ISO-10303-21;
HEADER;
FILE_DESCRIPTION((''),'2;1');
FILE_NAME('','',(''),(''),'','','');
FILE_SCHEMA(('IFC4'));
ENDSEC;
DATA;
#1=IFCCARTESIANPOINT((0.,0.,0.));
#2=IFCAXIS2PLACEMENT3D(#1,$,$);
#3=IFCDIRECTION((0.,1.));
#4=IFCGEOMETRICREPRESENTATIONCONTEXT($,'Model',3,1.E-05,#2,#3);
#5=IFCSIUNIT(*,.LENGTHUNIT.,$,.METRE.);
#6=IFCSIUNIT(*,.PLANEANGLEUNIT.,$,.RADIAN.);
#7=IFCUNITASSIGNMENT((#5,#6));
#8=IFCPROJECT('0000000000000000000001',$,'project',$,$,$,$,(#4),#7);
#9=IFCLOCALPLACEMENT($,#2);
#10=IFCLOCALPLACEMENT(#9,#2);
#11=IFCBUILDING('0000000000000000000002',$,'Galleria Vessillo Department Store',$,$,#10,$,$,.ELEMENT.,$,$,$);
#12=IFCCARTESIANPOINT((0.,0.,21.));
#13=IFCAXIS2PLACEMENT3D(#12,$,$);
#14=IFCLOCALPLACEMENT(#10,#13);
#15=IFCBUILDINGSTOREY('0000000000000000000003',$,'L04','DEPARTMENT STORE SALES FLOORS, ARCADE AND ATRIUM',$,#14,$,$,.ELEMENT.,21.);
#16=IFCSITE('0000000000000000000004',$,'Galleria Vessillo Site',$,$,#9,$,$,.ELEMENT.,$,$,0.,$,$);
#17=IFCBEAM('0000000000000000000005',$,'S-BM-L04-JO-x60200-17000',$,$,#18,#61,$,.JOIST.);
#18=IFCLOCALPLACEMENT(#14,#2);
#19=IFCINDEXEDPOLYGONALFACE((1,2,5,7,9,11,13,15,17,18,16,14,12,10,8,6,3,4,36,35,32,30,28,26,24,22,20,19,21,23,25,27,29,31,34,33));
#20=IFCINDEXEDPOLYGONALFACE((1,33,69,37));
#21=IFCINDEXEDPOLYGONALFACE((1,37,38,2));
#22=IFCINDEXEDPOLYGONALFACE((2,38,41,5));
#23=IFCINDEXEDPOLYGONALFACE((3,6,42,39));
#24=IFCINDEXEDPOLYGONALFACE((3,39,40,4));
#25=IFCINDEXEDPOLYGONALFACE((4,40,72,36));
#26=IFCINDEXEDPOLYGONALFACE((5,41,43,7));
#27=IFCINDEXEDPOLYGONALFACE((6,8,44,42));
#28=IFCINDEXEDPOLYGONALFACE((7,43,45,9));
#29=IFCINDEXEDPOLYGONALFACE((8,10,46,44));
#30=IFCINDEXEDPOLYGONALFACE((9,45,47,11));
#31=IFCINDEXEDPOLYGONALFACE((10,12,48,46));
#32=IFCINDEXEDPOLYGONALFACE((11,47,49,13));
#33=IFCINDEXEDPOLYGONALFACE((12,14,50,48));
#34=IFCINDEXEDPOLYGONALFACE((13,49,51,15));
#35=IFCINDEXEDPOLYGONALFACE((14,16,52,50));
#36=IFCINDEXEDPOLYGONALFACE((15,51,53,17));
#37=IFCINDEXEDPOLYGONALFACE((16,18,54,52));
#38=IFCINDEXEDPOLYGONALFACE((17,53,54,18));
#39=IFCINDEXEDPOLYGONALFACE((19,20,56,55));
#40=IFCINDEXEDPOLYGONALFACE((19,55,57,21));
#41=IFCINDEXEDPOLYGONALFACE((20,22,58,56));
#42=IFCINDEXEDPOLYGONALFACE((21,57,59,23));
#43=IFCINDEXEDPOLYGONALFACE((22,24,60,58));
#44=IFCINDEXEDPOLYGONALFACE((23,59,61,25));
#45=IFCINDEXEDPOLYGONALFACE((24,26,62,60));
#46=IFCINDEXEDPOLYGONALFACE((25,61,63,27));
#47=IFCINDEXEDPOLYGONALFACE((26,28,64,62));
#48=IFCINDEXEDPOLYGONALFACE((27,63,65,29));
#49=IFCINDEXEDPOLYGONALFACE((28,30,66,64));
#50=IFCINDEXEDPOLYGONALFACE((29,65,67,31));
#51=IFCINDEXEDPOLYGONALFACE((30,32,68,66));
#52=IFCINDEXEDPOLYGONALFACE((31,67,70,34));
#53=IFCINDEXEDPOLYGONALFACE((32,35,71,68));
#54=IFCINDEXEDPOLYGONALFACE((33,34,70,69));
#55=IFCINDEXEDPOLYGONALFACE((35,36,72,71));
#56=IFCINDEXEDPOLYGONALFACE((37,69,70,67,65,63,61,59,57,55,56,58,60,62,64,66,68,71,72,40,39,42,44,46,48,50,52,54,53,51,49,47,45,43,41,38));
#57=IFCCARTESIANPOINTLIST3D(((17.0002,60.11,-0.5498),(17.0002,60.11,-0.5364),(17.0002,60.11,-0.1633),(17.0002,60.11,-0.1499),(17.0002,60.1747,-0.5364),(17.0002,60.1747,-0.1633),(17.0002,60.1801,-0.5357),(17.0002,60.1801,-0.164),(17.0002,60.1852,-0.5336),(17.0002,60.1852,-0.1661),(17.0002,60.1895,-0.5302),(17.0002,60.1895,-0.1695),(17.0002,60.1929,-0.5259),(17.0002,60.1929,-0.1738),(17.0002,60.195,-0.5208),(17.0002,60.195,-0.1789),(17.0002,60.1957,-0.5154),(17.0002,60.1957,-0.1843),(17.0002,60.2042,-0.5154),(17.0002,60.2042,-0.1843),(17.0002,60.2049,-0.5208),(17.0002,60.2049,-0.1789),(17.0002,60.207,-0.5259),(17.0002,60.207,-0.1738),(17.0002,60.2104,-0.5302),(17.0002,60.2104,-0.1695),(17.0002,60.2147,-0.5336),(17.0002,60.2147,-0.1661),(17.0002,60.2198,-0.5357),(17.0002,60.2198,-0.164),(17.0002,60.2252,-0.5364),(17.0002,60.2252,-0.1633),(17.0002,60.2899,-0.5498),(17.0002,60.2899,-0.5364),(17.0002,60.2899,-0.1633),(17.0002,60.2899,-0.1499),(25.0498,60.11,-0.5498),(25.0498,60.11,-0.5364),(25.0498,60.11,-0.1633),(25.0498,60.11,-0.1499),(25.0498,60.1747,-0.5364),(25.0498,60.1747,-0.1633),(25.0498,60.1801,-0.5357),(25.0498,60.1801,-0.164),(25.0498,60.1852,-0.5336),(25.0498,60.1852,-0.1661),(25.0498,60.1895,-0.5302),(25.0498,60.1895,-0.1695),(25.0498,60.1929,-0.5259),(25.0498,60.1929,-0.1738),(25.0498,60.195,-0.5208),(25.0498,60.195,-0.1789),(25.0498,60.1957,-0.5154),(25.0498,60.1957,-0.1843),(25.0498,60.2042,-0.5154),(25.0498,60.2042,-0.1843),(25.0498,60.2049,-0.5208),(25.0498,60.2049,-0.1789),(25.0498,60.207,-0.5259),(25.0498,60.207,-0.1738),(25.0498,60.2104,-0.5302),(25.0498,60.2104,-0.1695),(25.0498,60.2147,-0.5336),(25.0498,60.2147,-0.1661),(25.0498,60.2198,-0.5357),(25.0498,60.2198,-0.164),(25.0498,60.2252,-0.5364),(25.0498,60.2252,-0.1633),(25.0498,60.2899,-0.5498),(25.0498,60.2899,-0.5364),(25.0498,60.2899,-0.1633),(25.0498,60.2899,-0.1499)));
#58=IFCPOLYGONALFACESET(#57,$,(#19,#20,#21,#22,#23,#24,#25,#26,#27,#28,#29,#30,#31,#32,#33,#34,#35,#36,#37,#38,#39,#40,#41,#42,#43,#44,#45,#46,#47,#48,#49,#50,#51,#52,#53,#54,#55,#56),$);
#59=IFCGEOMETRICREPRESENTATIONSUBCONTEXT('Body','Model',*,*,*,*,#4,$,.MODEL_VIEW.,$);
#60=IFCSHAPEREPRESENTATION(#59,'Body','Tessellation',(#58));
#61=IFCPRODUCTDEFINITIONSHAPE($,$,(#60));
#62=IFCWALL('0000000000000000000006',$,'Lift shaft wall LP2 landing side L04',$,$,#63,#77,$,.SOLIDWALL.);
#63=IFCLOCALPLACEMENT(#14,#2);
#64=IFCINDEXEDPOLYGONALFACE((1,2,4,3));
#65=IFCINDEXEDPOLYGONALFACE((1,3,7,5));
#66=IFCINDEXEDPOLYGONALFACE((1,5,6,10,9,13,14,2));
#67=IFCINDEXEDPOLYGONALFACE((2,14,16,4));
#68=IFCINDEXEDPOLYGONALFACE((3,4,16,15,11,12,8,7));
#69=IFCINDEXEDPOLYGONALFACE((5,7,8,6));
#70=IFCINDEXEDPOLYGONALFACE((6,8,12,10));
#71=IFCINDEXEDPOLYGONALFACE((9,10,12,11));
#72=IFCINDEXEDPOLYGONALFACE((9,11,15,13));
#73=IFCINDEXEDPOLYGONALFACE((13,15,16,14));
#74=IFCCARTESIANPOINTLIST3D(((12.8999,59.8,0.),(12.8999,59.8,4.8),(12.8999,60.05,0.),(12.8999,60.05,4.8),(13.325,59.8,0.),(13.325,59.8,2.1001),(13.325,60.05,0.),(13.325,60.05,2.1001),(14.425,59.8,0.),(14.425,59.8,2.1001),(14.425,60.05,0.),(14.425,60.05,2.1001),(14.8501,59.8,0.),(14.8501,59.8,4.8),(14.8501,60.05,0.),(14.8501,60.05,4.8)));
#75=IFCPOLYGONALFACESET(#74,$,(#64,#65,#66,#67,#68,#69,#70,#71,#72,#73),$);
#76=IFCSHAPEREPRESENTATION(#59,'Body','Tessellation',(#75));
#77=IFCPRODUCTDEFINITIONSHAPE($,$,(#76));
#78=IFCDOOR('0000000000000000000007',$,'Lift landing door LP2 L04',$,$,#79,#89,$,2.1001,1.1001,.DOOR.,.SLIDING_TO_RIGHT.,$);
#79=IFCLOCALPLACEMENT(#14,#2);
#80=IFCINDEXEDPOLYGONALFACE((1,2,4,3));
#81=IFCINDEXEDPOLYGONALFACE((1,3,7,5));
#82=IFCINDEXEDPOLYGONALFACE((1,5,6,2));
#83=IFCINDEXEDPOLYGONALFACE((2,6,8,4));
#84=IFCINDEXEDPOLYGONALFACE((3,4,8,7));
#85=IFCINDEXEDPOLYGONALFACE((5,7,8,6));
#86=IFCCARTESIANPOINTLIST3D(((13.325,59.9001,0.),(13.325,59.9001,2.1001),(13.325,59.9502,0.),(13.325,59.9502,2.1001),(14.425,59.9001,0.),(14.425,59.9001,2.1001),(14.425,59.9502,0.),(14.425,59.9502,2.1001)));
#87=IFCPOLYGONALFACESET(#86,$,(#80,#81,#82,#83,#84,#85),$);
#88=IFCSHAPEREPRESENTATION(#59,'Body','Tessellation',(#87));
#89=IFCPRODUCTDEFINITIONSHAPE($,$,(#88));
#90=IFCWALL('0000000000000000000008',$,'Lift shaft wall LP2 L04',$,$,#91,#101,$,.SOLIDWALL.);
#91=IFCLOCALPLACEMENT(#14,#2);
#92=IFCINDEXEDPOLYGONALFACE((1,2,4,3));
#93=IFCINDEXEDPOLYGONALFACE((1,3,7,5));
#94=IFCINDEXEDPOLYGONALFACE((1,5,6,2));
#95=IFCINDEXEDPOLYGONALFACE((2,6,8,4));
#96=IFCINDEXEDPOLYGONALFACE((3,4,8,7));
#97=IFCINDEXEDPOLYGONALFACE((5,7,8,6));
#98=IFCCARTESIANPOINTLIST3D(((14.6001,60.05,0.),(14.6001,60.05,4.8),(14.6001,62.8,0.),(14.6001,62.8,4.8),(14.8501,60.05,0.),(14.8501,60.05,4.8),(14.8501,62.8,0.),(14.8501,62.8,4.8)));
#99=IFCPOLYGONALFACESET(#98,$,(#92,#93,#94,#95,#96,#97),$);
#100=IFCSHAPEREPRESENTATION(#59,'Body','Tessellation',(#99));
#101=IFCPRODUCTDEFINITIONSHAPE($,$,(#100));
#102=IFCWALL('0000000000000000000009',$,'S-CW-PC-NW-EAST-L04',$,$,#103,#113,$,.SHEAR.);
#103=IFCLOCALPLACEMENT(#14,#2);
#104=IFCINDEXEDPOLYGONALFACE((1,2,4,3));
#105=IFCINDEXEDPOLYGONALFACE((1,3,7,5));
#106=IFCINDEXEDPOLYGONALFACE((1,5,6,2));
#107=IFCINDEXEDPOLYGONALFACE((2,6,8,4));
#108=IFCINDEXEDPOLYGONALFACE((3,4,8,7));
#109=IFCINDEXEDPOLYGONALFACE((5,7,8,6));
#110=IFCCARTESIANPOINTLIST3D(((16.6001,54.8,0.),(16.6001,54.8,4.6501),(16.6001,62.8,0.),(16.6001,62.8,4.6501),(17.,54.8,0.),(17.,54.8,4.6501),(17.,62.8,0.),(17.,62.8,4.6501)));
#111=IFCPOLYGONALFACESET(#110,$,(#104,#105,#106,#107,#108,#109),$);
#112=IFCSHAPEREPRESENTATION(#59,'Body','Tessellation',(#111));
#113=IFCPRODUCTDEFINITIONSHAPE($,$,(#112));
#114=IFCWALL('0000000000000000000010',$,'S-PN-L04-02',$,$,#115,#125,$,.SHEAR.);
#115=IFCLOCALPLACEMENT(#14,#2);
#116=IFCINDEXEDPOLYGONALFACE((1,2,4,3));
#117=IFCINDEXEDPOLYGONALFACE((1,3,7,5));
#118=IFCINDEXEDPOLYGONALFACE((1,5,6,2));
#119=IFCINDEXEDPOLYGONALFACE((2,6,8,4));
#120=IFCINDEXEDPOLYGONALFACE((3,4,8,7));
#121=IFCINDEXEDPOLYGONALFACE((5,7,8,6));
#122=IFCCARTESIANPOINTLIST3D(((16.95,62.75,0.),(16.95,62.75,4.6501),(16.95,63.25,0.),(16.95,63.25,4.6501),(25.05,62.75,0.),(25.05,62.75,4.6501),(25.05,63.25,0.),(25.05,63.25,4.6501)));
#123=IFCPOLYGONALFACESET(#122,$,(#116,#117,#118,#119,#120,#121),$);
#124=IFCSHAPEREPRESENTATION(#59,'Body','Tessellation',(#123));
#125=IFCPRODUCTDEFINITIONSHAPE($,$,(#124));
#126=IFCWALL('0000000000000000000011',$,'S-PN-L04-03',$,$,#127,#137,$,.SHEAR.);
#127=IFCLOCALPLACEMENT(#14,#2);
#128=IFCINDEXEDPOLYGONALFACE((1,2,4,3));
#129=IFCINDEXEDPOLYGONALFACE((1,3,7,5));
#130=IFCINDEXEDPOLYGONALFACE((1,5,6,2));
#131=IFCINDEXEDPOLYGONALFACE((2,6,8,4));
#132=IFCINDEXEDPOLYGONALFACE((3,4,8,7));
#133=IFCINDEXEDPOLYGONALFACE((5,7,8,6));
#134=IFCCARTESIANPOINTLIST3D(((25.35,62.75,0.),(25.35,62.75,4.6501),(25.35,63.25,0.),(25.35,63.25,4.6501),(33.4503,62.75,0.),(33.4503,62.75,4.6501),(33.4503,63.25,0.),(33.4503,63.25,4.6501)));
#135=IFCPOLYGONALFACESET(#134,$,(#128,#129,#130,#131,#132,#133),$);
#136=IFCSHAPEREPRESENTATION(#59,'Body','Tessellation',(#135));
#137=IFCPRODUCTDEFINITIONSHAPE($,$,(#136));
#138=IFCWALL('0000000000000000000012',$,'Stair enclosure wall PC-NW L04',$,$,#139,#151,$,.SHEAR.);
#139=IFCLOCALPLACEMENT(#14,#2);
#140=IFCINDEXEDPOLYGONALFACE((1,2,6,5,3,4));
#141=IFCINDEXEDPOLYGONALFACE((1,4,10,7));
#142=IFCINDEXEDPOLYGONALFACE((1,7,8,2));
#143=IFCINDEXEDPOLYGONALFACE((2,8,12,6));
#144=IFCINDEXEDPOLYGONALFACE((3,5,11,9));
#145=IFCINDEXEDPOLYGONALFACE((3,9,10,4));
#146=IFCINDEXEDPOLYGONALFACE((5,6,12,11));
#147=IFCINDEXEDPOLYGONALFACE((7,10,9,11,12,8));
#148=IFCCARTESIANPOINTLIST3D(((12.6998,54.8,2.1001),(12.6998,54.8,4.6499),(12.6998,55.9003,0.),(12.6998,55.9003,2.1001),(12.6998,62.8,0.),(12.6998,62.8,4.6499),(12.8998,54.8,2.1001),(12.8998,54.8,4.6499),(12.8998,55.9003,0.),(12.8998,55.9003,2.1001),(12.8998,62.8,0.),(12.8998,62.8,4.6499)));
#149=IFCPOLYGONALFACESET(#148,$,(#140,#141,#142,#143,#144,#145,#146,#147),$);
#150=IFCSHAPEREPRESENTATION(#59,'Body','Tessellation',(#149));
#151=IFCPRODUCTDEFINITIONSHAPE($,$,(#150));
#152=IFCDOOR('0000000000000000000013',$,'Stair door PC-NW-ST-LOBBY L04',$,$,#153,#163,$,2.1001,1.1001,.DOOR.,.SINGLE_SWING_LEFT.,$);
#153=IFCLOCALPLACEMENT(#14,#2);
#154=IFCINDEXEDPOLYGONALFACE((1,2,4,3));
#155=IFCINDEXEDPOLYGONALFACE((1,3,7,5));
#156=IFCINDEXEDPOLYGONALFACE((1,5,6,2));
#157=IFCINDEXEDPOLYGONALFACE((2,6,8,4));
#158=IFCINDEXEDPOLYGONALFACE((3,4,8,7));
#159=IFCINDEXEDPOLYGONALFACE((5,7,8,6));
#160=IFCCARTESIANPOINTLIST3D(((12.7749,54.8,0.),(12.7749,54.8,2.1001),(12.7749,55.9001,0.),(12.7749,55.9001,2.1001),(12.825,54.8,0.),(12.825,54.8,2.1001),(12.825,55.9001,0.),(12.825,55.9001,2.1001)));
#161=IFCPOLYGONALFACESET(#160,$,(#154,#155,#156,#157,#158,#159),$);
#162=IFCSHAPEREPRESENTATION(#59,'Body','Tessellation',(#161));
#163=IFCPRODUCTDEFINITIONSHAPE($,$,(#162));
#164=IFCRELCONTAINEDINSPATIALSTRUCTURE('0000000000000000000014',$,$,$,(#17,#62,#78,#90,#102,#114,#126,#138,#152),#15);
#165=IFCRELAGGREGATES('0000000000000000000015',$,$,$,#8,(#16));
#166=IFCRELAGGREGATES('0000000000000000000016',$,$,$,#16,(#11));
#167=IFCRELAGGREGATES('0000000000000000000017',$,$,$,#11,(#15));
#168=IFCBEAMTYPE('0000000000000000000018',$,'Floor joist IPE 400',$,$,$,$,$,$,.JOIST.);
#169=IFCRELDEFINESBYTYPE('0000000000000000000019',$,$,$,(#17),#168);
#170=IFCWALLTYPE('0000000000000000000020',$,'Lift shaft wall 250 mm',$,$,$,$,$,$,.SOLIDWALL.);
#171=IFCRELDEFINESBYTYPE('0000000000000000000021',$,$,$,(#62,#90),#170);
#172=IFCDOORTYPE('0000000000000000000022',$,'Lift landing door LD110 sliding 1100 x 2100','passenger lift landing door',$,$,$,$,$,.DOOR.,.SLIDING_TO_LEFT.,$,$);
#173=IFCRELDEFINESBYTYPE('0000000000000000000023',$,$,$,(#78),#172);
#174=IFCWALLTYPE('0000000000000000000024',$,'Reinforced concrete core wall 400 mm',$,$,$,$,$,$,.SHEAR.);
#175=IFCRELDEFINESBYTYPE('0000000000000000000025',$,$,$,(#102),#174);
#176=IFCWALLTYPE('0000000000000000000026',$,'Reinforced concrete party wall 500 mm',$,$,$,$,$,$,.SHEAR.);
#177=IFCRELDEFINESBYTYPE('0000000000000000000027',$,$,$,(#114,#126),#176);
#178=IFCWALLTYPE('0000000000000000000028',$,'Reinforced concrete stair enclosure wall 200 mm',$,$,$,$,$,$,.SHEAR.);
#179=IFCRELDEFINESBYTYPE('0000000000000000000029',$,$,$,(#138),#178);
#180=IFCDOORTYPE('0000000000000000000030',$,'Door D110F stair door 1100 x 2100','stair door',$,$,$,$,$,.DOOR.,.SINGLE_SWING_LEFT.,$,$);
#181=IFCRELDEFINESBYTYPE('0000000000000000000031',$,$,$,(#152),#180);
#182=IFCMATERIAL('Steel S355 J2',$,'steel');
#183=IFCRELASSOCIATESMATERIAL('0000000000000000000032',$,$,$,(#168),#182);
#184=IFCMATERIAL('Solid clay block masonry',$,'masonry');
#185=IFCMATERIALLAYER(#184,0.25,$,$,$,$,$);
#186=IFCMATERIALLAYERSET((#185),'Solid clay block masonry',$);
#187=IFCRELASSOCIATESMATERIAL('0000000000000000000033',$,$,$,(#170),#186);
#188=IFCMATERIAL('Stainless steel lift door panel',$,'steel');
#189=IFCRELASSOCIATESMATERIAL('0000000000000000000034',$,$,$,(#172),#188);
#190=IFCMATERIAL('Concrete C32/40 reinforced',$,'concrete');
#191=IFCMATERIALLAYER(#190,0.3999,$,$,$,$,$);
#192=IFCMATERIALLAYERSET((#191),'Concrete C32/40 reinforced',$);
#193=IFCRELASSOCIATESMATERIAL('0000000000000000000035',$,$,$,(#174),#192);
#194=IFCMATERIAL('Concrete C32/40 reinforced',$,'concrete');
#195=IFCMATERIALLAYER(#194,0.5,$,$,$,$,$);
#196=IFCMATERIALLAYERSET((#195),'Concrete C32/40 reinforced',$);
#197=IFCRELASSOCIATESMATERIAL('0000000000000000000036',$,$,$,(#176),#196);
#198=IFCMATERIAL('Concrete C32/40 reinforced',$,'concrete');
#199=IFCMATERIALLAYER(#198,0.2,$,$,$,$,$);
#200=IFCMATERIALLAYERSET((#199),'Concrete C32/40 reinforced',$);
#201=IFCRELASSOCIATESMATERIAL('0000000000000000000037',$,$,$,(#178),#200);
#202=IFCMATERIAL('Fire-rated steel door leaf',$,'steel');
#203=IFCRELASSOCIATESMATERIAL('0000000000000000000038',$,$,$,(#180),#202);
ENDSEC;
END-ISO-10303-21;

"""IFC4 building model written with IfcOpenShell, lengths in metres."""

from ifc_helpers import new_model, si_unit, direction, frame, frame_2d, origin, origin_2d, place, context, subcontext, project, spatial, rectangle, i_section, extrude, material, layer, layer_set, material_profile, profile_set, type_object, element, fill, save


model = new_model("IFC4")

# Units and contexts
model_context = context("Model", 3, precision=1e-05, world=origin(), true_north=direction((0.0, 1.0)))
body_context = subcontext(model_context, "Body", "Model", "MODEL_VIEW")
ifc_project = project(units=[si_unit("LENGTHUNIT", "METRE"), si_unit("PLANEANGLEUNIT", "RADIAN")], contexts=[model_context])

# Site, building, storey
site_placement = place(None, origin())
site = spatial("IfcSite", under=ifc_project, at=site_placement, Name="Galleria Vessillo Site", CompositionType="ELEMENT", RefElevation=0.0)
building_placement = place(site_placement, origin())
building = spatial("IfcBuilding", under=site, at=building_placement, Name="Galleria Vessillo Department Store", CompositionType="ELEMENT")
storey_placement = place(building_placement, frame((0.0, 0.0, 21.0)))
storey = spatial("IfcBuildingStorey", under=building, at=storey_placement, Name="L04", Description="DEPARTMENT STORE SALES FLOORS, ARCADE AND ATRIUM", CompositionType="ELEMENT", Elevation=21.0)

# Beam
ifc_material_1 = material(Name="Steel S355 J2", Category="steel")
ifc_material_profile_1 = material_profile(ifc_material_1, i_section(OverallWidth=0.1799, OverallDepth=0.3999, WebThickness=0.0085, FlangeThickness=0.0134, FilletRadius=0.021, at=origin_2d()), Name="IPE 400")
ifc_profile_set_1 = profile_set([ifc_material_profile_1], Name="Steel S355 J2")
beam_type_1 = type_object("IfcBeamType", Name="Floor joist IPE 400", PredefinedType="JOIST", material=ifc_profile_set_1)
for number, where, z_axis, x_axis, name in (
    (1, (17.0002, 60.2, -0.3499), (1.0, 0.0, 0.0), (0.0, 1.0, 0.0), "S-BM-L04-JO-x60200-17000"),
):
    element("IfcBeam", number, at=place(storey_placement, frame(where, z_axis=z_axis, x_axis=x_axis)), inside=storey, type_object=beam_type_1, Name=name, PredefinedType="JOIST", context=body_context, shape_type="SweptSolid", body=[
        extrude(i_section(OverallWidth=0.1799, OverallDepth=0.3999, WebThickness=0.0085, FlangeThickness=0.0134, FilletRadius=0.021, at=origin_2d()), origin(), (0.0, 0.0, 1.0), 8.0496),
    ])

# Wall, opening, door
ifc_material_2 = material(Name="Solid clay block masonry", Category="masonry")
ifc_layer_1 = layer(ifc_material_2, 0.25)
ifc_layer_set_1 = layer_set([ifc_layer_1], Name="Solid clay block masonry")
wall_type_1 = type_object("IfcWallType", Name="Lift shaft wall 250 mm", PredefinedType="SOLIDWALL", material=ifc_layer_set_1)
wall_1_placement = place(storey_placement, frame((12.8999, 59.925, 0.0), z_axis=(0.0, 0.0, 1.0), x_axis=(1.0, 0.0, 0.0)))
wall_1 = element("IfcWall", 2, at=wall_1_placement, inside=storey, type_object=wall_type_1, Name="Lift shaft wall LP2 landing side L04", PredefinedType="SOLIDWALL", context=body_context, shape_type="SweptSolid", body=[
    extrude(rectangle(XDim=1.9502, YDim=0.25, at=frame_2d((0.9751, 0.0))), origin(), (0.0, 0.0, 1.0), 4.8),
])
opening_1_placement = place(wall_1_placement, frame((0.425, 0.0, 0.0)))
opening_1 = element("IfcOpeningElement", 3, at=opening_1_placement, cuts=wall_1, PredefinedType="OPENING", context=body_context, shape_type="SweptSolid", body=[
    extrude(rectangle(XDim=1.1001, YDim=2.1001, at=frame_2d((0.55, 1.05))), frame((0.0, 0.135, 0.0), z_axis=(0.0, -1.0, 0.0), x_axis=(1.0, 0.0, 0.0)), (0.0, 0.0, 1.0), 0.27),
])
ifc_material_3 = material(Name="Stainless steel lift door panel", Category="steel")
door_type_1 = type_object("IfcDoorType", Name="Lift landing door LD110 sliding 1100 x 2100", Description="passenger lift landing door", OperationType="SLIDING_TO_LEFT", PredefinedType="DOOR", material=ifc_material_3)
door_1_placement = place(opening_1_placement, frame((1.1001, 0.0, 0.0), z_axis=(0.0, 0.0, 1.0), x_axis=(-1.0, 0.0, 0.0)))
door_1 = element("IfcDoor", 4, at=door_1_placement, inside=storey, type_object=door_type_1, Name="Lift landing door LP2 L04", OperationType="SLIDING_TO_RIGHT", OverallHeight=2.1001, OverallWidth=1.1001, PredefinedType="DOOR", context=body_context, shape_type="SweptSolid", body=[
    extrude(rectangle(XDim=1.1001, YDim=2.1001, at=frame_2d((0.55, 1.05))), frame((0.0, 0.0249, 0.0), z_axis=(0.0, -1.0, 0.0), x_axis=(1.0, 0.0, 0.0)), (0.0, 0.0, 1.0), 0.05),
])
fill(opening_1, door_1)

# Walls
wall_2_placement = place(storey_placement, frame((14.7251, 62.8, 0.0), z_axis=(0.0, 0.0, 1.0), x_axis=(0.0, -1.0, 0.0)))
element("IfcWall", 5, at=wall_2_placement, inside=storey, type_object=wall_type_1, Name="Lift shaft wall LP2 L04", PredefinedType="SOLIDWALL", context=body_context, shape_type="SweptSolid", body=[
    extrude(rectangle(XDim=2.75, YDim=0.25, at=frame_2d((1.375, 0.0))), origin(), (0.0, 0.0, 1.0), 4.8),
])
ifc_material_4 = material(Name="Concrete C32/40 reinforced", Category="concrete")
ifc_layer_2 = layer(ifc_material_4, 0.3999)
ifc_layer_set_2 = layer_set([ifc_layer_2], Name="Concrete C32/40 reinforced")
wall_type_2 = type_object("IfcWallType", Name="Reinforced concrete core wall 400 mm", PredefinedType="SHEAR", material=ifc_layer_set_2)
wall_3_placement = place(storey_placement, frame((16.8, 54.8, 0.0), z_axis=(0.0, 0.0, 1.0), x_axis=(0.0, 1.0, 0.0)))
element("IfcWall", 6, at=wall_3_placement, inside=storey, type_object=wall_type_2, Name="S-CW-PC-NW-EAST-L04", PredefinedType="SHEAR", context=body_context, shape_type="SweptSolid", body=[
    extrude(rectangle(XDim=8.0, YDim=0.3999, at=frame_2d((4.0, 0.0))), origin(), (0.0, 0.0, 1.0), 4.6501),
])
ifc_material_5 = material(Name="Concrete C32/40 reinforced", Category="concrete")
ifc_layer_3 = layer(ifc_material_5, 0.5)
ifc_layer_set_3 = layer_set([ifc_layer_3], Name="Concrete C32/40 reinforced")
wall_type_3 = type_object("IfcWallType", Name="Reinforced concrete party wall 500 mm", PredefinedType="SHEAR", material=ifc_layer_set_3)
wall_4_placement = place(storey_placement, frame((16.95, 63.0, 0.0), z_axis=(0.0, 0.0, 1.0), x_axis=(1.0, 0.0, 0.0)))
element("IfcWall", 7, at=wall_4_placement, inside=storey, type_object=wall_type_3, Name="S-PN-L04-02", PredefinedType="SHEAR", context=body_context, shape_type="SweptSolid", body=[
    extrude(rectangle(XDim=8.1001, YDim=0.5, at=frame_2d((4.05, 0.0))), origin(), (0.0, 0.0, 1.0), 4.6501),
])
wall_5_placement = place(storey_placement, frame((25.3499, 63.0, 0.0), z_axis=(0.0, 0.0, 1.0), x_axis=(1.0, 0.0, 0.0)))
element("IfcWall", 8, at=wall_5_placement, inside=storey, type_object=wall_type_3, Name="S-PN-L04-03", PredefinedType="SHEAR", context=body_context, shape_type="SweptSolid", body=[
    extrude(rectangle(XDim=8.1003, YDim=0.5, at=frame_2d((4.0503, 0.0))), origin(), (0.0, 0.0, 1.0), 4.6501),
])

# Wall, opening, door
ifc_material_6 = material(Name="Concrete C32/40 reinforced", Category="concrete")
ifc_layer_4 = layer(ifc_material_6, 0.2)
ifc_layer_set_4 = layer_set([ifc_layer_4], Name="Concrete C32/40 reinforced")
wall_type_4 = type_object("IfcWallType", Name="Reinforced concrete stair enclosure wall 200 mm", PredefinedType="SHEAR", material=ifc_layer_set_4)
wall_6_placement = place(storey_placement, frame((12.7998, 62.8, 0.0), z_axis=(0.0, 0.0, 1.0), x_axis=(0.0, -1.0, 0.0)))
wall_6 = element("IfcWall", 9, at=wall_6_placement, inside=storey, type_object=wall_type_4, Name="Stair enclosure wall PC-NW L04", PredefinedType="SHEAR", context=body_context, shape_type="SweptSolid", body=[
    extrude(rectangle(XDim=8.0, YDim=0.2, at=frame_2d((4.0, 0.0))), origin(), (0.0, 0.0, 1.0), 4.6499),
])
opening_2_placement = place(wall_6_placement, frame((6.8999, 0.0, 0.0)))
opening_2 = element("IfcOpeningElement", 10, at=opening_2_placement, cuts=wall_6, PredefinedType="OPENING", context=body_context, shape_type="SweptSolid", body=[
    extrude(rectangle(XDim=1.1101, YDim=2.1001, at=frame_2d((0.5549, 1.05))), frame((0.0, 0.1099, 0.0), z_axis=(0.0, -1.0, 0.0), x_axis=(1.0, 0.0, 0.0)), (0.0, 0.0, 1.0), 0.22),
])
ifc_material_7 = material(Name="Fire-rated steel door leaf", Category="steel")
door_type_2 = type_object("IfcDoorType", Name="Door D110F stair door 1100 x 2100", Description="stair door", OperationType="SINGLE_SWING_LEFT", PredefinedType="DOOR", material=ifc_material_7)
door_2_placement = place(opening_2_placement, frame((1.1001, 0.0, 0.0), z_axis=(0.0, 0.0, 1.0), x_axis=(-1.0, 0.0, 0.0)))
door_2 = element("IfcDoor", 11, at=door_2_placement, inside=storey, type_object=door_type_2, Name="Stair door PC-NW-ST-LOBBY L04", OperationType="SINGLE_SWING_LEFT", OverallHeight=2.1001, OverallWidth=1.1001, PredefinedType="DOOR", context=body_context, shape_type="SweptSolid", body=[
    extrude(rectangle(XDim=1.1001, YDim=2.1001, at=frame_2d((0.55, 1.05))), frame((0.0, 0.0249, 0.0), z_axis=(0.0, -1.0, 0.0), x_axis=(1.0, 0.0, 0.0)), (0.0, 0.0, 1.0), 0.05),
])
fill(opening_2, door_2)

save(model, "model.ifc")
